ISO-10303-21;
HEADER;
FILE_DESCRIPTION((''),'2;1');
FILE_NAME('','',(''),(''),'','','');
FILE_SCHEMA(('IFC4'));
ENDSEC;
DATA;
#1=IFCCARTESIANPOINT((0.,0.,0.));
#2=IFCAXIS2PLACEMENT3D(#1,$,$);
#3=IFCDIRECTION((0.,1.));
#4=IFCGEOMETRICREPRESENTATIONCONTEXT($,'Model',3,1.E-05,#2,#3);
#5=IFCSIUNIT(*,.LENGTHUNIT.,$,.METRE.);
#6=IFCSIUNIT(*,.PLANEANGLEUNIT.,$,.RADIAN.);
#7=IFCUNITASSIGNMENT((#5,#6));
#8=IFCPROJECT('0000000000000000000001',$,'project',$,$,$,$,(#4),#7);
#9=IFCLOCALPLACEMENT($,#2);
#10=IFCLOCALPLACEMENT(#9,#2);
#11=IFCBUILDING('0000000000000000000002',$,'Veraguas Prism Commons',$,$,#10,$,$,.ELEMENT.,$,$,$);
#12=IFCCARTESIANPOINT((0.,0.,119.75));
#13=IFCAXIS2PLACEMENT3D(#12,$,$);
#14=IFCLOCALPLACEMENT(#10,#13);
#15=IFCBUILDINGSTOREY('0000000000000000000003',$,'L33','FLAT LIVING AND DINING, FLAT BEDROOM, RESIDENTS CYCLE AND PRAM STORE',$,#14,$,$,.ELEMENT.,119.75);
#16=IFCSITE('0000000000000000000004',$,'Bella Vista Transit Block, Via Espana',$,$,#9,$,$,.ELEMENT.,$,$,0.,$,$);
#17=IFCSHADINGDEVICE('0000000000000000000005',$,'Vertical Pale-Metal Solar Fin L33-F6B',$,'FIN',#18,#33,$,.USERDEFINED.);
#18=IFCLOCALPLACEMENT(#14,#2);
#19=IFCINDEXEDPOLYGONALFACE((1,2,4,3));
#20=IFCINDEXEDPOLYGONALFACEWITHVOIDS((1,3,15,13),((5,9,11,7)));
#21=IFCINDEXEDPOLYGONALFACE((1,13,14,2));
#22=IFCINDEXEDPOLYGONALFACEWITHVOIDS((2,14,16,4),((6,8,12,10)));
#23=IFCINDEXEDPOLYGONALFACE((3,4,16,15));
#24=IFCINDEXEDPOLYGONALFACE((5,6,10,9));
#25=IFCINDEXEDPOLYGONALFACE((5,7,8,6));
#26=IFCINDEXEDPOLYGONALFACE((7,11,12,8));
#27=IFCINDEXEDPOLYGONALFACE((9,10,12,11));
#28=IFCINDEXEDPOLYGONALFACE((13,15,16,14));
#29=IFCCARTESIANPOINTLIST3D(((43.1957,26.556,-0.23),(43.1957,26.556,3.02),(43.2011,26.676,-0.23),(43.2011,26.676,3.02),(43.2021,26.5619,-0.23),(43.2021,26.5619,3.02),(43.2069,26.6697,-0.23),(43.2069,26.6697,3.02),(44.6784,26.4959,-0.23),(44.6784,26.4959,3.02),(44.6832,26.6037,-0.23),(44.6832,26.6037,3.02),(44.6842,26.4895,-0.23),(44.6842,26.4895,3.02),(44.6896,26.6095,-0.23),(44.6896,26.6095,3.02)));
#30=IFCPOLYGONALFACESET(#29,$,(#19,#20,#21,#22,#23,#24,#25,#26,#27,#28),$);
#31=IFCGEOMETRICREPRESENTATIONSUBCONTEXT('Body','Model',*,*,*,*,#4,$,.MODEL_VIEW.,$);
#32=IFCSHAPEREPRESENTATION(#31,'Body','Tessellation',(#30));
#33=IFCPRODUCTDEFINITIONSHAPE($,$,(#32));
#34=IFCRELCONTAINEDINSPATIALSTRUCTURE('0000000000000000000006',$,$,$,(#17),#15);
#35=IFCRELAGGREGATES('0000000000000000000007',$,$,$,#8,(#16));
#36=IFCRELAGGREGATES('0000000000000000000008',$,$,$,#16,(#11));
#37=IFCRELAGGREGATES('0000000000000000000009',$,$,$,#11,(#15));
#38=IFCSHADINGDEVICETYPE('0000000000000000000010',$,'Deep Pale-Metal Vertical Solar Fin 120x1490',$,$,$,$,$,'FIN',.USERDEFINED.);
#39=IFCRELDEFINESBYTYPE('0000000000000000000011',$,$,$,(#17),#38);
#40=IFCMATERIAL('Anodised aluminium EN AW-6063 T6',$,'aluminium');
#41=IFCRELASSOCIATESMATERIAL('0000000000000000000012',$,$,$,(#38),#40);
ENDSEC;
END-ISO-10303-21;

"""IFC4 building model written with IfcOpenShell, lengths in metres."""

from ifc_helpers import new_model, si_unit, direction, frame, origin, origin_2d, place, context, subcontext, project, spatial, hollow_rectangle, extrude, material, material_profile, profile_set, type_object, element, save


model = new_model("IFC4")

# Units and contexts
model_context = context("Model", 3, precision=1e-05, world=origin(), true_north=direction((0.0, 1.0)))
body_context = subcontext(model_context, "Body", "Model", "MODEL_VIEW")
ifc_project = project(units=[si_unit("LENGTHUNIT", "METRE"), si_unit("PLANEANGLEUNIT", "RADIAN")], contexts=[model_context])

# Site, building, storey
site_placement = place(None, origin())
site = spatial("IfcSite", under=ifc_project, at=site_placement, Name="Bella Vista Transit Block, Via Espana", CompositionType="ELEMENT", RefElevation=0.0)
building_placement = place(site_placement, origin())
building = spatial("IfcBuilding", under=site, at=building_placement, Name="Veraguas Prism Commons", CompositionType="ELEMENT")
storey_placement = place(building_placement, frame((0.0, 0.0, 119.75)))
storey = spatial("IfcBuildingStorey", under=building, at=storey_placement, Name="L33", Description="FLAT LIVING AND DINING, FLAT BEDROOM, RESIDENTS CYCLE AND PRAM STORE", CompositionType="ELEMENT", Elevation=119.75)

# Shared definitions
ifc_material_1 = material(Name="Anodised aluminium EN AW-6063 T6", Category="aluminium")

# Shading device
ifc_material_profile_1 = material_profile(ifc_material_1, hollow_rectangle(XDim=0.1201, YDim=1.49, WallThickness=0.0061, at=origin_2d()), Name="FIN120X1490X6")
ifc_profile_set_1 = profile_set([ifc_material_profile_1], Name="Anodised aluminium EN AW-6063 T6")
shading_device_type = type_object("IfcShadingDeviceType", Name="Deep Pale-Metal Vertical Solar Fin 120x1490", ElementType="FIN", PredefinedType="USERDEFINED", material=ifc_profile_set_1)
shading_device_placement = place(storey_placement, frame((43.9426, 26.5828, -0.23), z_axis=(0.0, 0.0, 1.0), x_axis=(0.044669, 0.999002, 0.0)))
element("IfcShadingDevice", 1, at=shading_device_placement, inside=storey, type_object=shading_device_type, Name="Vertical Pale-Metal Solar Fin L33-F6B", ObjectType="FIN", PredefinedType="USERDEFINED", context=body_context, shape_type="SweptSolid", body=[
    extrude(hollow_rectangle(XDim=0.1201, YDim=1.49, WallThickness=0.0061, at=origin_2d()), origin(), (0.0, 0.0, 1.0), 3.25),
])

save(model, "model.ifc")
